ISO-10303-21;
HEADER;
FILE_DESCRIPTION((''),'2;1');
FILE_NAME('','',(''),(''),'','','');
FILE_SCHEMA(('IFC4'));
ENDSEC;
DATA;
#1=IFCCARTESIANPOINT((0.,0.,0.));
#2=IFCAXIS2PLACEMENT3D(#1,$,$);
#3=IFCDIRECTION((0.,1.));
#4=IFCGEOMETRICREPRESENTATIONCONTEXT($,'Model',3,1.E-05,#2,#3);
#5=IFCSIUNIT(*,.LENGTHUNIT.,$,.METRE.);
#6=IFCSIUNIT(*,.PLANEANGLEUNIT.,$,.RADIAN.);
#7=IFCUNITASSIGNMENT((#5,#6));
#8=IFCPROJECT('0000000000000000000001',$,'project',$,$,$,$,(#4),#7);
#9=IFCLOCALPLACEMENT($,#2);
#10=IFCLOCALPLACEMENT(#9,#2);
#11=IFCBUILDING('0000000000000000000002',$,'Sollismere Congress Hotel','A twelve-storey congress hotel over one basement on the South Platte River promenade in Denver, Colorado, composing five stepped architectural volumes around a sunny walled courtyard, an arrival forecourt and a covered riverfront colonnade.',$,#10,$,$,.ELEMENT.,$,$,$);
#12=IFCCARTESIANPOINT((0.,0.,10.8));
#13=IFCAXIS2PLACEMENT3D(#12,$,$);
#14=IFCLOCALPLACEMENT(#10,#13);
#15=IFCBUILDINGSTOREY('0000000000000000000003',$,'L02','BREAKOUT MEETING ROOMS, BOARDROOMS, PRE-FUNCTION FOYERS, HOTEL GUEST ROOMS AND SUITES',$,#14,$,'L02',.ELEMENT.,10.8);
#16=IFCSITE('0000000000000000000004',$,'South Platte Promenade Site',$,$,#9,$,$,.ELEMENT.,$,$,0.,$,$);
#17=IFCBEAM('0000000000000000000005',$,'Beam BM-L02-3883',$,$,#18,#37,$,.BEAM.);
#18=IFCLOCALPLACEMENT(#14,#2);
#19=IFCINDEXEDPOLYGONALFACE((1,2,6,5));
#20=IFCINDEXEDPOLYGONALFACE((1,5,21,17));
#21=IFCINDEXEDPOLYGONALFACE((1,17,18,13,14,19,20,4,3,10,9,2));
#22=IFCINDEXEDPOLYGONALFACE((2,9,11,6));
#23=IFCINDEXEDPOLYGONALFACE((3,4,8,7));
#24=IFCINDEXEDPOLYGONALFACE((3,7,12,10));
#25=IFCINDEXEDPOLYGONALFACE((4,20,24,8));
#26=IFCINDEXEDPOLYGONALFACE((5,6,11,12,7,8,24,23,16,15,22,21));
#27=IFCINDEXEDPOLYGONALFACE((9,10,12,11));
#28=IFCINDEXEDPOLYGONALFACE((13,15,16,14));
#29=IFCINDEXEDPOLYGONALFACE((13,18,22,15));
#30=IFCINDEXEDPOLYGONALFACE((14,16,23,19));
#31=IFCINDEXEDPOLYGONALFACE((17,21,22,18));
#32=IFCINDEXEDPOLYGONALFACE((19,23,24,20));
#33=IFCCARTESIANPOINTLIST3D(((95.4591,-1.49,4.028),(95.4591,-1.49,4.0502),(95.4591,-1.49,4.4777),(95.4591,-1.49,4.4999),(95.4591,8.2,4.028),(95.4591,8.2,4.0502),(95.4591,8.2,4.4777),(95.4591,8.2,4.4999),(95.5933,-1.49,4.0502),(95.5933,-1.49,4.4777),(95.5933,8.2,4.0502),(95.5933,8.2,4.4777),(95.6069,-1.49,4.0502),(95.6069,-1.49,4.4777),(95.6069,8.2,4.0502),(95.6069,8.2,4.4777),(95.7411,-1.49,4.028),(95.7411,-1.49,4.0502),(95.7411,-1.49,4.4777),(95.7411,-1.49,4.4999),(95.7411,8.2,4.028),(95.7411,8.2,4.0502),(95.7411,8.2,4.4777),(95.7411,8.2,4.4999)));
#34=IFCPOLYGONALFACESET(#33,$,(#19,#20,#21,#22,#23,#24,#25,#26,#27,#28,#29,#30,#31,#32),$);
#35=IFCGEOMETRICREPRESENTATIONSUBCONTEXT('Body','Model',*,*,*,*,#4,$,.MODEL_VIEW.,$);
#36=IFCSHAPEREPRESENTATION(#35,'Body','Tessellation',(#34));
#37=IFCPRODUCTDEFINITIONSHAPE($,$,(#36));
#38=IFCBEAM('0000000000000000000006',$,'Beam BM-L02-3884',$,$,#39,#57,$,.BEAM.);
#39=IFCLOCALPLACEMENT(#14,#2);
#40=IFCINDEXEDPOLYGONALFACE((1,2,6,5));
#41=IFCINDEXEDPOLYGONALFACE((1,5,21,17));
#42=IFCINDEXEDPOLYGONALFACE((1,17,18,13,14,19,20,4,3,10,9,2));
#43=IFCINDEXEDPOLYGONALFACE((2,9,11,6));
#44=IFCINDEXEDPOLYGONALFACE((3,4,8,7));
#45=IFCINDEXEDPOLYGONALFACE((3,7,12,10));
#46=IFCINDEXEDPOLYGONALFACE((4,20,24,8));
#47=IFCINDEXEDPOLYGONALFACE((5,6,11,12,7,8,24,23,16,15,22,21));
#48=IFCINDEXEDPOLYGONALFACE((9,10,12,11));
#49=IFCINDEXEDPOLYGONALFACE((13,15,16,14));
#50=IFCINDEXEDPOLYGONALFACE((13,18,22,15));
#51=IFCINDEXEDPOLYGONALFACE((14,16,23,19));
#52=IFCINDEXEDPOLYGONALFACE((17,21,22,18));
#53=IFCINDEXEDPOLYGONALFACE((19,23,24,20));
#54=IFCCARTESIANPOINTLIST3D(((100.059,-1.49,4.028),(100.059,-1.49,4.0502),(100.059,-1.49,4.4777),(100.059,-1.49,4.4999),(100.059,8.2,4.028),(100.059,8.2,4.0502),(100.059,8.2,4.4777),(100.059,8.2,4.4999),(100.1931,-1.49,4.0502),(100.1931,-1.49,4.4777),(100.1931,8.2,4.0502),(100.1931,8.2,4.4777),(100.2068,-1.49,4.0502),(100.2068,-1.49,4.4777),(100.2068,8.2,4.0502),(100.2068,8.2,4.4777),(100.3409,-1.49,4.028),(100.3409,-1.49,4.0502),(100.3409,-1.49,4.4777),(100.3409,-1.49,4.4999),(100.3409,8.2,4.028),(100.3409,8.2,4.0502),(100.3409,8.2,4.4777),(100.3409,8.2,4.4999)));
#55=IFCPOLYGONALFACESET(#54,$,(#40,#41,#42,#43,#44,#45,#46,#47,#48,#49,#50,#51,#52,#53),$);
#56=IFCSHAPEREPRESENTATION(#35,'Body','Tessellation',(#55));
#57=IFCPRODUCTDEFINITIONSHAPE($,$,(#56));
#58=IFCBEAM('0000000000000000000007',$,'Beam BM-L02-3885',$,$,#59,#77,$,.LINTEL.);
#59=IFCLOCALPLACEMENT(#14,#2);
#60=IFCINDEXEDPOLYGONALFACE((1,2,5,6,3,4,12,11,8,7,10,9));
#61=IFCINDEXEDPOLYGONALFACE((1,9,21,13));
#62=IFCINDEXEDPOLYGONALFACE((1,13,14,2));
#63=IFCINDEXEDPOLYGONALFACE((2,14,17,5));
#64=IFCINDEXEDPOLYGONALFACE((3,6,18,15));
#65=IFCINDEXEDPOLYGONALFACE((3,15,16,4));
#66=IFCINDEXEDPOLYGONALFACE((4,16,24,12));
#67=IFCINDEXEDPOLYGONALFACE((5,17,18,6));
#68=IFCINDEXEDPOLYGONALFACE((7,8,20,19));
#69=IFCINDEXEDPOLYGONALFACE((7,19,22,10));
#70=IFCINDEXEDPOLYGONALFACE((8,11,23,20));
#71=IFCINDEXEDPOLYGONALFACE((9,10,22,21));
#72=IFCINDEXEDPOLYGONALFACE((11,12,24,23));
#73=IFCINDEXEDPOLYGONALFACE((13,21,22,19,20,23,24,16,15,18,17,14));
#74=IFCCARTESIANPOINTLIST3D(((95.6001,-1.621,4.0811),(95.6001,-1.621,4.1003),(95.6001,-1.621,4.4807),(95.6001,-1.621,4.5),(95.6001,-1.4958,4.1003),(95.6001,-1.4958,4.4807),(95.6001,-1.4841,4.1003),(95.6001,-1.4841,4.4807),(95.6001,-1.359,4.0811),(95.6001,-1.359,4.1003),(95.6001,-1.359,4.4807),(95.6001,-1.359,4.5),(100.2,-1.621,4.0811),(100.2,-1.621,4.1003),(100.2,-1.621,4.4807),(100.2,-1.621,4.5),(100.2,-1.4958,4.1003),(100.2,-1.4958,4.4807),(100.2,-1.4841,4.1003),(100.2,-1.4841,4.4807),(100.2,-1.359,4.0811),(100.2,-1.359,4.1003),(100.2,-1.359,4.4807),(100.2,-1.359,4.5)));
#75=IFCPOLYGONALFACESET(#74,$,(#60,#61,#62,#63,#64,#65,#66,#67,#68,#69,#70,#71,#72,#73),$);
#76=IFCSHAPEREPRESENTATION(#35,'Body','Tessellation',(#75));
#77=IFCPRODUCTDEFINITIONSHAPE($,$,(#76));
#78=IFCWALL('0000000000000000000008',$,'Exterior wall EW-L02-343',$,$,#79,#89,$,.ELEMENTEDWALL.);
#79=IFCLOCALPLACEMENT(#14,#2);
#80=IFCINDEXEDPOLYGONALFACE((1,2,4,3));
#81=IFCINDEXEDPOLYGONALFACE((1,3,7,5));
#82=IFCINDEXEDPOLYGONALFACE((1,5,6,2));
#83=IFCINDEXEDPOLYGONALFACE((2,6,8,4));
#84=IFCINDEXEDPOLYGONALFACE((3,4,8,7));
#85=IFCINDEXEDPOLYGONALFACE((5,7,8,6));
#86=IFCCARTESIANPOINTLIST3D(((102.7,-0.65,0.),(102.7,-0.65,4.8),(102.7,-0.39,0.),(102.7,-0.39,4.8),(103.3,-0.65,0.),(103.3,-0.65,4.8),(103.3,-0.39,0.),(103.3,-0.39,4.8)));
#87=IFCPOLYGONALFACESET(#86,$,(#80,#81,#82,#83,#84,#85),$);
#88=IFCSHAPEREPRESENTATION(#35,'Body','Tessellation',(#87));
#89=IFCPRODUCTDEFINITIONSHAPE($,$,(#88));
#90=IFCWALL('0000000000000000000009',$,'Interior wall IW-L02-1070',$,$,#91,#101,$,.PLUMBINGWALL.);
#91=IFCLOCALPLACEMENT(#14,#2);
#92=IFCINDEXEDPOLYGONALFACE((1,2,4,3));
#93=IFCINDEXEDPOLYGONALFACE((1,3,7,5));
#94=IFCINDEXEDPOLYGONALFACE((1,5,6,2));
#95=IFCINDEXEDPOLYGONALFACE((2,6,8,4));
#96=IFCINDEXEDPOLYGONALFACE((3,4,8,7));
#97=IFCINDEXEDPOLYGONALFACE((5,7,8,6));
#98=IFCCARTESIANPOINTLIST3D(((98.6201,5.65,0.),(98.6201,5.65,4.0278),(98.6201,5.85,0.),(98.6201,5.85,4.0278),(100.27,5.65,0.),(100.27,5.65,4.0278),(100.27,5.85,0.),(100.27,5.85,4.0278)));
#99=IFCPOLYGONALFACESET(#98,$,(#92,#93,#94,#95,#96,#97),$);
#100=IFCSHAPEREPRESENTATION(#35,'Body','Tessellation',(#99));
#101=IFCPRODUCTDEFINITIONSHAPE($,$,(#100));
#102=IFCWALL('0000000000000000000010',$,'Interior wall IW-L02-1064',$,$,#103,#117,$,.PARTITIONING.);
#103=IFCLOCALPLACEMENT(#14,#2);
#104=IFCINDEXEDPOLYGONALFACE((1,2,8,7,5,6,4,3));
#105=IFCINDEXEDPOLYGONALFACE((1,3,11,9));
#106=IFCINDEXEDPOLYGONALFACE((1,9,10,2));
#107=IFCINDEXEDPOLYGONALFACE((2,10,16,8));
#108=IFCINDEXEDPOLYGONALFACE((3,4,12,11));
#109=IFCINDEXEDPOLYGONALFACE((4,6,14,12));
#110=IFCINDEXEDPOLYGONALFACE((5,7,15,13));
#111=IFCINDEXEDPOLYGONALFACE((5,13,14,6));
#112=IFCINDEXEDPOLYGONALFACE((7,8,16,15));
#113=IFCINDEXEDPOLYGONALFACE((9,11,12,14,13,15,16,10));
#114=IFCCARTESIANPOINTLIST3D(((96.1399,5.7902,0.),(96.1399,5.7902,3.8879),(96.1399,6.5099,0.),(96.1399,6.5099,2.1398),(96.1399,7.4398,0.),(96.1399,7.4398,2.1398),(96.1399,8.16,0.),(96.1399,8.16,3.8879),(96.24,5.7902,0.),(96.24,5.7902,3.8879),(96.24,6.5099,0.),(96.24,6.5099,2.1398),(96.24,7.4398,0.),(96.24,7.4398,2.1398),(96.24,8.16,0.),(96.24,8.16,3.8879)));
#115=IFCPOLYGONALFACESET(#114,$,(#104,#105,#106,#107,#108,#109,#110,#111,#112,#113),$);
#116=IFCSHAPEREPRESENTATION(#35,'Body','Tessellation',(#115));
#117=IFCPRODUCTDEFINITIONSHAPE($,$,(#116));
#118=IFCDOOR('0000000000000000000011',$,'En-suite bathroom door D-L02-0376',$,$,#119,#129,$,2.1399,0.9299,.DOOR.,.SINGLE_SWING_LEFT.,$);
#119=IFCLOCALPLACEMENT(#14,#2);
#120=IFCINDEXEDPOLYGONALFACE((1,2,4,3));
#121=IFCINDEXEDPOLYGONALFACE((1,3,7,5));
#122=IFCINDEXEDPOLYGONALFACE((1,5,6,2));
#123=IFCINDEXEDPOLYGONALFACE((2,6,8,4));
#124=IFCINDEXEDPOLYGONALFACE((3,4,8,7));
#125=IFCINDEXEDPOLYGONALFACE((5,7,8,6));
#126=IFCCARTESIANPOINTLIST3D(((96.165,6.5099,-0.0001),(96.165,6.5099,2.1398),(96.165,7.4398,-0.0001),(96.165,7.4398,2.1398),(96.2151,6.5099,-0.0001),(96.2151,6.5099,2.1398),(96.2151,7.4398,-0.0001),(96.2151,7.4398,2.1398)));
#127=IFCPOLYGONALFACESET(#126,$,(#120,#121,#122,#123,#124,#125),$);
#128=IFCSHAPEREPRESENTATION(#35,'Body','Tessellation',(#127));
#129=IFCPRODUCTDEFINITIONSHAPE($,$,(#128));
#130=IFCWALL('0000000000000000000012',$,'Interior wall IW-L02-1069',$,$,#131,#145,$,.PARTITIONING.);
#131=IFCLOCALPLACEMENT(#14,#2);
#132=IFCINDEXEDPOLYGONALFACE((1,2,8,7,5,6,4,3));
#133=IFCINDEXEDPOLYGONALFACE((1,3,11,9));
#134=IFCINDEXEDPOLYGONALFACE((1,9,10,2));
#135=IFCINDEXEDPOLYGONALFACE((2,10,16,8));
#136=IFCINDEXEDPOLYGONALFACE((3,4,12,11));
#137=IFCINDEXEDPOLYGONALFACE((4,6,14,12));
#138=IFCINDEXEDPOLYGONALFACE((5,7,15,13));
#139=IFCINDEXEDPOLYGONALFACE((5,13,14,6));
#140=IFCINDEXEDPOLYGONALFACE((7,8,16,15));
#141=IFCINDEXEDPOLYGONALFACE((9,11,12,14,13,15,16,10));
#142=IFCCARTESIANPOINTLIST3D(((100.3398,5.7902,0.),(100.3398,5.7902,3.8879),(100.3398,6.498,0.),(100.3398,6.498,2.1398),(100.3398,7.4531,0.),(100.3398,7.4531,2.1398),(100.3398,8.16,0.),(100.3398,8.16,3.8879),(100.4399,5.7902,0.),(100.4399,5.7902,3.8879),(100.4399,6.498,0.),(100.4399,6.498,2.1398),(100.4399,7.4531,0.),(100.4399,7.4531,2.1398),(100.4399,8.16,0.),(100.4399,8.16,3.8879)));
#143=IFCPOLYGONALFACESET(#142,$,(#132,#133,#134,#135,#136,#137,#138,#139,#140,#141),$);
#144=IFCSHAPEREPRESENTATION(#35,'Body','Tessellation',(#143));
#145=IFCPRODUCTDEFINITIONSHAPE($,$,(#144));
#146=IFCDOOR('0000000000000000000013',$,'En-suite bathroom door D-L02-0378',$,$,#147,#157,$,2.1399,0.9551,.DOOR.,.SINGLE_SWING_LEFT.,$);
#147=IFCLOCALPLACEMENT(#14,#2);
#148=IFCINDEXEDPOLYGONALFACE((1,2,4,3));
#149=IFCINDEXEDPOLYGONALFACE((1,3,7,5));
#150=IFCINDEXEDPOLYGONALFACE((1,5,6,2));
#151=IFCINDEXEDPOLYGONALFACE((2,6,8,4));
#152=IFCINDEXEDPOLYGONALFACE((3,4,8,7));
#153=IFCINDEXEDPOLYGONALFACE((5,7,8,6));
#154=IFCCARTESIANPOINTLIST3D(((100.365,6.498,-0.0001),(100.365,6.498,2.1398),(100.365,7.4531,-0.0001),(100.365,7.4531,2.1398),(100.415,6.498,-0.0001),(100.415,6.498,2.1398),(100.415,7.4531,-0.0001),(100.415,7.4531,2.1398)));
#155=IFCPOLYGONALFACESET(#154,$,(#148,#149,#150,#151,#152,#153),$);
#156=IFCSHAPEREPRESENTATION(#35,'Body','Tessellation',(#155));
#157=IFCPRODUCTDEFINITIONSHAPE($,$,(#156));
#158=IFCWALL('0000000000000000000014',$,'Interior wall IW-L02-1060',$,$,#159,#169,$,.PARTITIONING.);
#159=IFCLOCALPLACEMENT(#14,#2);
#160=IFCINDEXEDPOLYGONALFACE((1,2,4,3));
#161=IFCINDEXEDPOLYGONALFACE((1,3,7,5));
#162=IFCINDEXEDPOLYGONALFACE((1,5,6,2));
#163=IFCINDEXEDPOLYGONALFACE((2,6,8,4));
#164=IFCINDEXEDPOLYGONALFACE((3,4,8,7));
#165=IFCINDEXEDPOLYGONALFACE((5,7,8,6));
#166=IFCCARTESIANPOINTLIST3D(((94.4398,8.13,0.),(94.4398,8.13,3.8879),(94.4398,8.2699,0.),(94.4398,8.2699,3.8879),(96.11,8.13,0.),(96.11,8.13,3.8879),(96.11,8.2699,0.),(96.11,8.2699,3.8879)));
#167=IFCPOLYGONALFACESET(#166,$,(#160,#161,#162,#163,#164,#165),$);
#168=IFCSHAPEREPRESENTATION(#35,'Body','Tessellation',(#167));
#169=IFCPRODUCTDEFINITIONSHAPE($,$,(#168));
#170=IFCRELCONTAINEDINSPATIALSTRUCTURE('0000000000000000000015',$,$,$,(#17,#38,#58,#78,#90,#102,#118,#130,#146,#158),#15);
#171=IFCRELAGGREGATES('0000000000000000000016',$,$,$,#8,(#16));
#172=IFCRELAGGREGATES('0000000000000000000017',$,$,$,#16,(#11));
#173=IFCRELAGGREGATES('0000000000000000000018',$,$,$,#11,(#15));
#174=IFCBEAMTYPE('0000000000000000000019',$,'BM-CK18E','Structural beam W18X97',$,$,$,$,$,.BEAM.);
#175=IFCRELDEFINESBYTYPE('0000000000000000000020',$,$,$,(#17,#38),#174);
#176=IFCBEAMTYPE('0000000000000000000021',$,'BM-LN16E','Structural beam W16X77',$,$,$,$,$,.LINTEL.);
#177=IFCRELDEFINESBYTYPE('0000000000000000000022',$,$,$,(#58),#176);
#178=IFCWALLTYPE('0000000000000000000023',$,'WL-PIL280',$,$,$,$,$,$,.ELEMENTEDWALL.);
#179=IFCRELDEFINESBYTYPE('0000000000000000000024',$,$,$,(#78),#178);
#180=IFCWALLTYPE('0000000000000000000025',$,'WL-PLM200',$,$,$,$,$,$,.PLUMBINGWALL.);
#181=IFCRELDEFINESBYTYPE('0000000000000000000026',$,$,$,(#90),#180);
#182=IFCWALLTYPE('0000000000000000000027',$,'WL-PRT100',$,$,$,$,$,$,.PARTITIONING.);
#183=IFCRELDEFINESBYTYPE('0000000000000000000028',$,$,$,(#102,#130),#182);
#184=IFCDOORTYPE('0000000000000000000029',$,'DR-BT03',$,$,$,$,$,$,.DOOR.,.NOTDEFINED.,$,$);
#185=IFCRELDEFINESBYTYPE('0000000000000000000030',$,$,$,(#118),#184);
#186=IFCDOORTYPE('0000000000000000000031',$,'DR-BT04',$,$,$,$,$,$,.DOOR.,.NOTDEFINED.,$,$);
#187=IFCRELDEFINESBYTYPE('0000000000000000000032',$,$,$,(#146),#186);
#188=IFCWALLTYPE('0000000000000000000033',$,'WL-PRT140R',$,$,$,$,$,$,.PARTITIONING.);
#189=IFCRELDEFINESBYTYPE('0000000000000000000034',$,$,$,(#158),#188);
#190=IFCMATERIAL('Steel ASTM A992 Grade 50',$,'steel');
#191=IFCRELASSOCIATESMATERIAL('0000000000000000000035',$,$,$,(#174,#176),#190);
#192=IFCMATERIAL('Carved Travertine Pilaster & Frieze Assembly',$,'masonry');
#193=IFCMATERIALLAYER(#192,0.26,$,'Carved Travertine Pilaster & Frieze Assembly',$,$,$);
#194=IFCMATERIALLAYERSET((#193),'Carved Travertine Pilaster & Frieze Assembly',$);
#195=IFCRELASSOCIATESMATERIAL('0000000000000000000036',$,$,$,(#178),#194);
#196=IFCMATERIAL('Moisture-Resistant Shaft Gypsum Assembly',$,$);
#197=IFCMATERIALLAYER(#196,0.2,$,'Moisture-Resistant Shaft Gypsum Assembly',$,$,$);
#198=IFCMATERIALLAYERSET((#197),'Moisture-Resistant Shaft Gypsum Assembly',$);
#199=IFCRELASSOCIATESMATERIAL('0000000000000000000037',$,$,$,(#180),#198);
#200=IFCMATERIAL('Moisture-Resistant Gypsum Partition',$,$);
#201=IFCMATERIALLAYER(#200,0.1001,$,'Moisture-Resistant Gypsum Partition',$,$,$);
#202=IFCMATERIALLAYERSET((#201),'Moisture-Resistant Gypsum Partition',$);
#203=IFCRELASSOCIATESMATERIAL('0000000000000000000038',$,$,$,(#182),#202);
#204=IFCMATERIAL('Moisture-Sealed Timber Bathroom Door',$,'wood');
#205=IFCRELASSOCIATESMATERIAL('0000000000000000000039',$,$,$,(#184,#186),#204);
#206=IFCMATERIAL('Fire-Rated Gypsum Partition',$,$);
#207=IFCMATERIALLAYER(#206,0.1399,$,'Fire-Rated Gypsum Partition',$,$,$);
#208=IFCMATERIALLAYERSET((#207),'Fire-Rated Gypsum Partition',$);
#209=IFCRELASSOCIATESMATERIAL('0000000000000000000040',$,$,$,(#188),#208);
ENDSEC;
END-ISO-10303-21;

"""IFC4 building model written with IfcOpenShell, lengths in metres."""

from ifc_helpers import new_model, si_unit, direction, frame, frame_2d, origin, origin_2d, place, context, subcontext, project, spatial, rectangle, i_section, extrude, material, layer, layer_set, material_profile, profile_set, type_object, element, fill, save


model = new_model("IFC4")

# Units and contexts
model_context = context("Model", 3, precision=1e-05, world=origin(), true_north=direction((0.0, 1.0)))
body_context = subcontext(model_context, "Body", "Model", "MODEL_VIEW")
ifc_project = project(units=[si_unit("LENGTHUNIT", "METRE"), si_unit("PLANEANGLEUNIT", "RADIAN")], contexts=[model_context])

# Site, building, storey
site_placement = place(None, origin())
site = spatial("IfcSite", under=ifc_project, at=site_placement, Name="South Platte Promenade Site", CompositionType="ELEMENT", RefElevation=0.0)
building_placement = place(site_placement, origin())
building = spatial("IfcBuilding", under=site, at=building_placement, Name="Sollismere Congress Hotel", Description="A twelve-storey congress hotel over one basement on the South Platte River promenade in Denver, Colorado, composing five stepped architectural volumes around a sunny walled courtyard, an arrival forecourt and a covered riverfront colonnade.", CompositionType="ELEMENT")
storey_placement = place(building_placement, frame((0.0, 0.0, 10.8)))
storey = spatial("IfcBuildingStorey", under=building, at=storey_placement, Name="L02", Description="BREAKOUT MEETING ROOMS, BOARDROOMS, PRE-FUNCTION FOYERS, HOTEL GUEST ROOMS AND SUITES", LongName="L02", CompositionType="ELEMENT", Elevation=10.8)

# Beams
ifc_material_1 = material(Name="Steel ASTM A992 Grade 50", Category="steel")
ifc_material_profile_1 = material_profile(ifc_material_1, i_section(OverallWidth=0.282, OverallDepth=0.4719, WebThickness=0.0137, FlangeThickness=0.0222, at=origin_2d()), Name="W18X97")
ifc_profile_set_1 = profile_set([ifc_material_profile_1], Name="Steel ASTM A992 Grade 50")
beam_type_1 = type_object("IfcBeamType", Name="BM-CK18E", Description="Structural beam W18X97", PredefinedType="BEAM", material=ifc_profile_set_1)
for number, where, z_axis, x_axis, name in (
    (1, (95.6001, 8.2, 4.2639), (0.0, -1.0, 0.0), (1.0, 0.0, 0.0), "Beam BM-L02-3883"),
    (2, (100.2, 8.2, 4.2639), (0.0, -1.0, 0.0), (1.0, 0.0, 0.0), "Beam BM-L02-3884"),
):
    element("IfcBeam", number, at=place(storey_placement, frame(where, z_axis=z_axis, x_axis=x_axis)), inside=storey, type_object=beam_type_1, Name=name, PredefinedType="BEAM", context=body_context, shape_type="SweptSolid", body=[
        extrude(i_section(OverallWidth=0.282, OverallDepth=0.4719, WebThickness=0.0137, FlangeThickness=0.0222, at=origin_2d()), origin(), (0.0, 0.0, 1.0), 9.6899),
    ])
ifc_material_profile_2 = material_profile(ifc_material_1, i_section(OverallWidth=0.262, OverallDepth=0.4189, WebThickness=0.0117, FlangeThickness=0.0193, at=origin_2d()), Name="W16X77")
ifc_profile_set_2 = profile_set([ifc_material_profile_2], Name="Steel ASTM A992 Grade 50")
beam_type_2 = type_object("IfcBeamType", Name="BM-LN16E", Description="Structural beam W16X77", PredefinedType="LINTEL", material=ifc_profile_set_2)
beam_placement = place(storey_placement, frame((95.6001, -1.49, 4.2905), z_axis=(1.0, 0.0, 0.0), x_axis=(0.0, 1.0, 0.0)))
element("IfcBeam", 3, at=beam_placement, inside=storey, type_object=beam_type_2, Name="Beam BM-L02-3885", PredefinedType="LINTEL", context=body_context, shape_type="SweptSolid", body=[
    extrude(i_section(OverallWidth=0.262, OverallDepth=0.4189, WebThickness=0.0117, FlangeThickness=0.0193, at=origin_2d()), origin(), (0.0, 0.0, 1.0), 4.5999),
])

# Walls
ifc_material_2 = material(Name="Carved Travertine Pilaster & Frieze Assembly", Category="masonry")
ifc_layer_1 = layer(ifc_material_2, 0.26, Name="Carved Travertine Pilaster & Frieze Assembly")
ifc_layer_set_1 = layer_set([ifc_layer_1], Name="Carved Travertine Pilaster & Frieze Assembly")
wall_type_1 = type_object("IfcWallType", Name="WL-PIL280", PredefinedType="ELEMENTEDWALL", material=ifc_layer_set_1)
wall_1_placement = place(storey_placement, frame((102.7, -0.52, 0.0), z_axis=(0.0, 0.0, 1.0), x_axis=(1.0, 0.0, 0.0)))
element("IfcWall", 4, at=wall_1_placement, inside=storey, type_object=wall_type_1, Name="Exterior wall EW-L02-343", PredefinedType="ELEMENTEDWALL", context=body_context, shape_type="SweptSolid", body=[
    extrude(rectangle(XDim=0.6001, YDim=0.26, at=frame_2d((0.3, 0.0))), origin(), (0.0, 0.0, 1.0), 4.8),
])
ifc_material_3 = material(Name="Moisture-Resistant Shaft Gypsum Assembly")
ifc_layer_2 = layer(ifc_material_3, 0.2, Name="Moisture-Resistant Shaft Gypsum Assembly")
ifc_layer_set_2 = layer_set([ifc_layer_2], Name="Moisture-Resistant Shaft Gypsum Assembly")
wall_type_2 = type_object("IfcWallType", Name="WL-PLM200", PredefinedType="PLUMBINGWALL", material=ifc_layer_set_2)
wall_2_placement = place(storey_placement, frame((98.6201, 5.75, 0.0), z_axis=(0.0, 0.0, 1.0), x_axis=(1.0, 0.0, 0.0)))
element("IfcWall", 5, at=wall_2_placement, inside=storey, type_object=wall_type_2, Name="Interior wall IW-L02-1070", PredefinedType="PLUMBINGWALL", context=body_context, shape_type="SweptSolid", body=[
    extrude(rectangle(XDim=1.6499, YDim=0.2, at=frame_2d((0.825, 0.0))), origin(), (0.0, 0.0, 1.0), 4.0278),
])

# Walls, openings, doors
ifc_material_4 = material(Name="Moisture-Resistant Gypsum Partition")
ifc_layer_3 = layer(ifc_material_4, 0.1001, Name="Moisture-Resistant Gypsum Partition")
ifc_layer_set_3 = layer_set([ifc_layer_3], Name="Moisture-Resistant Gypsum Partition")
wall_type_3 = type_object("IfcWallType", Name="WL-PRT100", PredefinedType="PARTITIONING", material=ifc_layer_set_3)
wall_3_placement = place(storey_placement, frame((96.1899, 5.79, 0.0), z_axis=(0.0, 0.0, 1.0), x_axis=(0.0, 1.0, 0.0)))
wall_3 = element("IfcWall", 6, at=wall_3_placement, inside=storey, type_object=wall_type_3, Name="Interior wall IW-L02-1064", PredefinedType="PARTITIONING", context=body_context, shape_type="SweptSolid", body=[
    extrude(rectangle(XDim=2.3699, YDim=0.1001, at=frame_2d((1.1851, 0.0))), origin(), (0.0, 0.0, 1.0), 3.8879),
])
opening_1_placement = place(wall_3_placement, frame((0.72, 0.0, 0.0)))
opening_1 = element("IfcOpeningElement", 7, at=opening_1_placement, cuts=wall_3, PredefinedType="OPENING", context=body_context, shape_type="SweptSolid", body=[
    extrude(rectangle(XDim=0.9299, YDim=2.1399, at=frame_2d((0.4648, 1.0698))), frame((0.0, 0.0601, 0.0), z_axis=(0.0, -1.0, 0.0), x_axis=(1.0, 0.0, 0.0)), (0.0, 0.0, 1.0), 0.1201),
])
ifc_material_5 = material(Name="Moisture-Sealed Timber Bathroom Door", Category="wood")
door_type_1 = type_object("IfcDoorType", Name="DR-BT03", OperationType="NOTDEFINED", PredefinedType="DOOR", material=ifc_material_5)
door_1_placement = place(opening_1_placement, origin())
door_1 = element("IfcDoor", 8, at=door_1_placement, inside=storey, type_object=door_type_1, Name="En-suite bathroom door D-L02-0376", OperationType="SINGLE_SWING_LEFT", OverallHeight=2.1399, OverallWidth=0.9299, PredefinedType="DOOR", context=body_context, shape_type="SweptSolid", body=[
    extrude(rectangle(XDim=0.9299, YDim=2.1399, at=frame_2d((0.4648, 1.0698))), frame((0.0, 0.0249, 0.0), z_axis=(0.0, -1.0, 0.0), x_axis=(1.0, 0.0, 0.0)), (0.0, 0.0, 1.0), 0.05),
])
fill(opening_1, door_1)
wall_4_placement = place(storey_placement, frame((100.3899, 5.79, 0.0), z_axis=(0.0, 0.0, 1.0), x_axis=(0.0, 1.0, 0.0)))
wall_4 = element("IfcWall", 9, at=wall_4_placement, inside=storey, type_object=wall_type_3, Name="Interior wall IW-L02-1069", PredefinedType="PARTITIONING", context=body_context, shape_type="SweptSolid", body=[
    extrude(rectangle(XDim=2.3699, YDim=0.1001, at=frame_2d((1.1851, 0.0))), origin(), (0.0, 0.0, 1.0), 3.8879),
])
opening_2_placement = place(wall_4_placement, frame((0.708, 0.0, 0.0)))
opening_2 = element("IfcOpeningElement", 10, at=opening_2_placement, cuts=wall_4, PredefinedType="OPENING", context=body_context, shape_type="SweptSolid", body=[
    extrude(rectangle(XDim=0.9551, YDim=2.1399, at=frame_2d((0.4775, 1.0698))), frame((0.0, 0.0601, 0.0), z_axis=(0.0, -1.0, 0.0), x_axis=(1.0, 0.0, 0.0)), (0.0, 0.0, 1.0), 0.1201),
])
door_type_2 = type_object("IfcDoorType", Name="DR-BT04", OperationType="NOTDEFINED", PredefinedType="DOOR", material=ifc_material_5)
door_2_placement = place(opening_2_placement, origin())
door_2 = element("IfcDoor", 11, at=door_2_placement, inside=storey, type_object=door_type_2, Name="En-suite bathroom door D-L02-0378", OperationType="SINGLE_SWING_LEFT", OverallHeight=2.1399, OverallWidth=0.9551, PredefinedType="DOOR", context=body_context, shape_type="SweptSolid", body=[
    extrude(rectangle(XDim=0.9551, YDim=2.1399, at=frame_2d((0.4775, 1.0698))), frame((0.0, 0.0249, 0.0), z_axis=(0.0, -1.0, 0.0), x_axis=(1.0, 0.0, 0.0)), (0.0, 0.0, 1.0), 0.05),
])
fill(opening_2, door_2)

# Wall
ifc_material_6 = material(Name="Fire-Rated Gypsum Partition")
ifc_layer_4 = layer(ifc_material_6, 0.1399, Name="Fire-Rated Gypsum Partition")
ifc_layer_set_4 = layer_set([ifc_layer_4], Name="Fire-Rated Gypsum Partition")
wall_type_4 = type_object("IfcWallType", Name="WL-PRT140R", PredefinedType="PARTITIONING", material=ifc_layer_set_4)
wall_5_placement = place(storey_placement, frame((94.4399, 8.2, 0.0), z_axis=(0.0, 0.0, 1.0), x_axis=(1.0, 0.0, 0.0)))
element("IfcWall", 12, at=wall_5_placement, inside=storey, type_object=wall_type_4, Name="Interior wall IW-L02-1060", PredefinedType="PARTITIONING", context=body_context, shape_type="SweptSolid", body=[
    extrude(rectangle(XDim=1.6702, YDim=0.1399, at=frame_2d((0.835, 0.0))), origin(), (0.0, 0.0, 1.0), 3.8879),
])

save(model, "model.ifc")
